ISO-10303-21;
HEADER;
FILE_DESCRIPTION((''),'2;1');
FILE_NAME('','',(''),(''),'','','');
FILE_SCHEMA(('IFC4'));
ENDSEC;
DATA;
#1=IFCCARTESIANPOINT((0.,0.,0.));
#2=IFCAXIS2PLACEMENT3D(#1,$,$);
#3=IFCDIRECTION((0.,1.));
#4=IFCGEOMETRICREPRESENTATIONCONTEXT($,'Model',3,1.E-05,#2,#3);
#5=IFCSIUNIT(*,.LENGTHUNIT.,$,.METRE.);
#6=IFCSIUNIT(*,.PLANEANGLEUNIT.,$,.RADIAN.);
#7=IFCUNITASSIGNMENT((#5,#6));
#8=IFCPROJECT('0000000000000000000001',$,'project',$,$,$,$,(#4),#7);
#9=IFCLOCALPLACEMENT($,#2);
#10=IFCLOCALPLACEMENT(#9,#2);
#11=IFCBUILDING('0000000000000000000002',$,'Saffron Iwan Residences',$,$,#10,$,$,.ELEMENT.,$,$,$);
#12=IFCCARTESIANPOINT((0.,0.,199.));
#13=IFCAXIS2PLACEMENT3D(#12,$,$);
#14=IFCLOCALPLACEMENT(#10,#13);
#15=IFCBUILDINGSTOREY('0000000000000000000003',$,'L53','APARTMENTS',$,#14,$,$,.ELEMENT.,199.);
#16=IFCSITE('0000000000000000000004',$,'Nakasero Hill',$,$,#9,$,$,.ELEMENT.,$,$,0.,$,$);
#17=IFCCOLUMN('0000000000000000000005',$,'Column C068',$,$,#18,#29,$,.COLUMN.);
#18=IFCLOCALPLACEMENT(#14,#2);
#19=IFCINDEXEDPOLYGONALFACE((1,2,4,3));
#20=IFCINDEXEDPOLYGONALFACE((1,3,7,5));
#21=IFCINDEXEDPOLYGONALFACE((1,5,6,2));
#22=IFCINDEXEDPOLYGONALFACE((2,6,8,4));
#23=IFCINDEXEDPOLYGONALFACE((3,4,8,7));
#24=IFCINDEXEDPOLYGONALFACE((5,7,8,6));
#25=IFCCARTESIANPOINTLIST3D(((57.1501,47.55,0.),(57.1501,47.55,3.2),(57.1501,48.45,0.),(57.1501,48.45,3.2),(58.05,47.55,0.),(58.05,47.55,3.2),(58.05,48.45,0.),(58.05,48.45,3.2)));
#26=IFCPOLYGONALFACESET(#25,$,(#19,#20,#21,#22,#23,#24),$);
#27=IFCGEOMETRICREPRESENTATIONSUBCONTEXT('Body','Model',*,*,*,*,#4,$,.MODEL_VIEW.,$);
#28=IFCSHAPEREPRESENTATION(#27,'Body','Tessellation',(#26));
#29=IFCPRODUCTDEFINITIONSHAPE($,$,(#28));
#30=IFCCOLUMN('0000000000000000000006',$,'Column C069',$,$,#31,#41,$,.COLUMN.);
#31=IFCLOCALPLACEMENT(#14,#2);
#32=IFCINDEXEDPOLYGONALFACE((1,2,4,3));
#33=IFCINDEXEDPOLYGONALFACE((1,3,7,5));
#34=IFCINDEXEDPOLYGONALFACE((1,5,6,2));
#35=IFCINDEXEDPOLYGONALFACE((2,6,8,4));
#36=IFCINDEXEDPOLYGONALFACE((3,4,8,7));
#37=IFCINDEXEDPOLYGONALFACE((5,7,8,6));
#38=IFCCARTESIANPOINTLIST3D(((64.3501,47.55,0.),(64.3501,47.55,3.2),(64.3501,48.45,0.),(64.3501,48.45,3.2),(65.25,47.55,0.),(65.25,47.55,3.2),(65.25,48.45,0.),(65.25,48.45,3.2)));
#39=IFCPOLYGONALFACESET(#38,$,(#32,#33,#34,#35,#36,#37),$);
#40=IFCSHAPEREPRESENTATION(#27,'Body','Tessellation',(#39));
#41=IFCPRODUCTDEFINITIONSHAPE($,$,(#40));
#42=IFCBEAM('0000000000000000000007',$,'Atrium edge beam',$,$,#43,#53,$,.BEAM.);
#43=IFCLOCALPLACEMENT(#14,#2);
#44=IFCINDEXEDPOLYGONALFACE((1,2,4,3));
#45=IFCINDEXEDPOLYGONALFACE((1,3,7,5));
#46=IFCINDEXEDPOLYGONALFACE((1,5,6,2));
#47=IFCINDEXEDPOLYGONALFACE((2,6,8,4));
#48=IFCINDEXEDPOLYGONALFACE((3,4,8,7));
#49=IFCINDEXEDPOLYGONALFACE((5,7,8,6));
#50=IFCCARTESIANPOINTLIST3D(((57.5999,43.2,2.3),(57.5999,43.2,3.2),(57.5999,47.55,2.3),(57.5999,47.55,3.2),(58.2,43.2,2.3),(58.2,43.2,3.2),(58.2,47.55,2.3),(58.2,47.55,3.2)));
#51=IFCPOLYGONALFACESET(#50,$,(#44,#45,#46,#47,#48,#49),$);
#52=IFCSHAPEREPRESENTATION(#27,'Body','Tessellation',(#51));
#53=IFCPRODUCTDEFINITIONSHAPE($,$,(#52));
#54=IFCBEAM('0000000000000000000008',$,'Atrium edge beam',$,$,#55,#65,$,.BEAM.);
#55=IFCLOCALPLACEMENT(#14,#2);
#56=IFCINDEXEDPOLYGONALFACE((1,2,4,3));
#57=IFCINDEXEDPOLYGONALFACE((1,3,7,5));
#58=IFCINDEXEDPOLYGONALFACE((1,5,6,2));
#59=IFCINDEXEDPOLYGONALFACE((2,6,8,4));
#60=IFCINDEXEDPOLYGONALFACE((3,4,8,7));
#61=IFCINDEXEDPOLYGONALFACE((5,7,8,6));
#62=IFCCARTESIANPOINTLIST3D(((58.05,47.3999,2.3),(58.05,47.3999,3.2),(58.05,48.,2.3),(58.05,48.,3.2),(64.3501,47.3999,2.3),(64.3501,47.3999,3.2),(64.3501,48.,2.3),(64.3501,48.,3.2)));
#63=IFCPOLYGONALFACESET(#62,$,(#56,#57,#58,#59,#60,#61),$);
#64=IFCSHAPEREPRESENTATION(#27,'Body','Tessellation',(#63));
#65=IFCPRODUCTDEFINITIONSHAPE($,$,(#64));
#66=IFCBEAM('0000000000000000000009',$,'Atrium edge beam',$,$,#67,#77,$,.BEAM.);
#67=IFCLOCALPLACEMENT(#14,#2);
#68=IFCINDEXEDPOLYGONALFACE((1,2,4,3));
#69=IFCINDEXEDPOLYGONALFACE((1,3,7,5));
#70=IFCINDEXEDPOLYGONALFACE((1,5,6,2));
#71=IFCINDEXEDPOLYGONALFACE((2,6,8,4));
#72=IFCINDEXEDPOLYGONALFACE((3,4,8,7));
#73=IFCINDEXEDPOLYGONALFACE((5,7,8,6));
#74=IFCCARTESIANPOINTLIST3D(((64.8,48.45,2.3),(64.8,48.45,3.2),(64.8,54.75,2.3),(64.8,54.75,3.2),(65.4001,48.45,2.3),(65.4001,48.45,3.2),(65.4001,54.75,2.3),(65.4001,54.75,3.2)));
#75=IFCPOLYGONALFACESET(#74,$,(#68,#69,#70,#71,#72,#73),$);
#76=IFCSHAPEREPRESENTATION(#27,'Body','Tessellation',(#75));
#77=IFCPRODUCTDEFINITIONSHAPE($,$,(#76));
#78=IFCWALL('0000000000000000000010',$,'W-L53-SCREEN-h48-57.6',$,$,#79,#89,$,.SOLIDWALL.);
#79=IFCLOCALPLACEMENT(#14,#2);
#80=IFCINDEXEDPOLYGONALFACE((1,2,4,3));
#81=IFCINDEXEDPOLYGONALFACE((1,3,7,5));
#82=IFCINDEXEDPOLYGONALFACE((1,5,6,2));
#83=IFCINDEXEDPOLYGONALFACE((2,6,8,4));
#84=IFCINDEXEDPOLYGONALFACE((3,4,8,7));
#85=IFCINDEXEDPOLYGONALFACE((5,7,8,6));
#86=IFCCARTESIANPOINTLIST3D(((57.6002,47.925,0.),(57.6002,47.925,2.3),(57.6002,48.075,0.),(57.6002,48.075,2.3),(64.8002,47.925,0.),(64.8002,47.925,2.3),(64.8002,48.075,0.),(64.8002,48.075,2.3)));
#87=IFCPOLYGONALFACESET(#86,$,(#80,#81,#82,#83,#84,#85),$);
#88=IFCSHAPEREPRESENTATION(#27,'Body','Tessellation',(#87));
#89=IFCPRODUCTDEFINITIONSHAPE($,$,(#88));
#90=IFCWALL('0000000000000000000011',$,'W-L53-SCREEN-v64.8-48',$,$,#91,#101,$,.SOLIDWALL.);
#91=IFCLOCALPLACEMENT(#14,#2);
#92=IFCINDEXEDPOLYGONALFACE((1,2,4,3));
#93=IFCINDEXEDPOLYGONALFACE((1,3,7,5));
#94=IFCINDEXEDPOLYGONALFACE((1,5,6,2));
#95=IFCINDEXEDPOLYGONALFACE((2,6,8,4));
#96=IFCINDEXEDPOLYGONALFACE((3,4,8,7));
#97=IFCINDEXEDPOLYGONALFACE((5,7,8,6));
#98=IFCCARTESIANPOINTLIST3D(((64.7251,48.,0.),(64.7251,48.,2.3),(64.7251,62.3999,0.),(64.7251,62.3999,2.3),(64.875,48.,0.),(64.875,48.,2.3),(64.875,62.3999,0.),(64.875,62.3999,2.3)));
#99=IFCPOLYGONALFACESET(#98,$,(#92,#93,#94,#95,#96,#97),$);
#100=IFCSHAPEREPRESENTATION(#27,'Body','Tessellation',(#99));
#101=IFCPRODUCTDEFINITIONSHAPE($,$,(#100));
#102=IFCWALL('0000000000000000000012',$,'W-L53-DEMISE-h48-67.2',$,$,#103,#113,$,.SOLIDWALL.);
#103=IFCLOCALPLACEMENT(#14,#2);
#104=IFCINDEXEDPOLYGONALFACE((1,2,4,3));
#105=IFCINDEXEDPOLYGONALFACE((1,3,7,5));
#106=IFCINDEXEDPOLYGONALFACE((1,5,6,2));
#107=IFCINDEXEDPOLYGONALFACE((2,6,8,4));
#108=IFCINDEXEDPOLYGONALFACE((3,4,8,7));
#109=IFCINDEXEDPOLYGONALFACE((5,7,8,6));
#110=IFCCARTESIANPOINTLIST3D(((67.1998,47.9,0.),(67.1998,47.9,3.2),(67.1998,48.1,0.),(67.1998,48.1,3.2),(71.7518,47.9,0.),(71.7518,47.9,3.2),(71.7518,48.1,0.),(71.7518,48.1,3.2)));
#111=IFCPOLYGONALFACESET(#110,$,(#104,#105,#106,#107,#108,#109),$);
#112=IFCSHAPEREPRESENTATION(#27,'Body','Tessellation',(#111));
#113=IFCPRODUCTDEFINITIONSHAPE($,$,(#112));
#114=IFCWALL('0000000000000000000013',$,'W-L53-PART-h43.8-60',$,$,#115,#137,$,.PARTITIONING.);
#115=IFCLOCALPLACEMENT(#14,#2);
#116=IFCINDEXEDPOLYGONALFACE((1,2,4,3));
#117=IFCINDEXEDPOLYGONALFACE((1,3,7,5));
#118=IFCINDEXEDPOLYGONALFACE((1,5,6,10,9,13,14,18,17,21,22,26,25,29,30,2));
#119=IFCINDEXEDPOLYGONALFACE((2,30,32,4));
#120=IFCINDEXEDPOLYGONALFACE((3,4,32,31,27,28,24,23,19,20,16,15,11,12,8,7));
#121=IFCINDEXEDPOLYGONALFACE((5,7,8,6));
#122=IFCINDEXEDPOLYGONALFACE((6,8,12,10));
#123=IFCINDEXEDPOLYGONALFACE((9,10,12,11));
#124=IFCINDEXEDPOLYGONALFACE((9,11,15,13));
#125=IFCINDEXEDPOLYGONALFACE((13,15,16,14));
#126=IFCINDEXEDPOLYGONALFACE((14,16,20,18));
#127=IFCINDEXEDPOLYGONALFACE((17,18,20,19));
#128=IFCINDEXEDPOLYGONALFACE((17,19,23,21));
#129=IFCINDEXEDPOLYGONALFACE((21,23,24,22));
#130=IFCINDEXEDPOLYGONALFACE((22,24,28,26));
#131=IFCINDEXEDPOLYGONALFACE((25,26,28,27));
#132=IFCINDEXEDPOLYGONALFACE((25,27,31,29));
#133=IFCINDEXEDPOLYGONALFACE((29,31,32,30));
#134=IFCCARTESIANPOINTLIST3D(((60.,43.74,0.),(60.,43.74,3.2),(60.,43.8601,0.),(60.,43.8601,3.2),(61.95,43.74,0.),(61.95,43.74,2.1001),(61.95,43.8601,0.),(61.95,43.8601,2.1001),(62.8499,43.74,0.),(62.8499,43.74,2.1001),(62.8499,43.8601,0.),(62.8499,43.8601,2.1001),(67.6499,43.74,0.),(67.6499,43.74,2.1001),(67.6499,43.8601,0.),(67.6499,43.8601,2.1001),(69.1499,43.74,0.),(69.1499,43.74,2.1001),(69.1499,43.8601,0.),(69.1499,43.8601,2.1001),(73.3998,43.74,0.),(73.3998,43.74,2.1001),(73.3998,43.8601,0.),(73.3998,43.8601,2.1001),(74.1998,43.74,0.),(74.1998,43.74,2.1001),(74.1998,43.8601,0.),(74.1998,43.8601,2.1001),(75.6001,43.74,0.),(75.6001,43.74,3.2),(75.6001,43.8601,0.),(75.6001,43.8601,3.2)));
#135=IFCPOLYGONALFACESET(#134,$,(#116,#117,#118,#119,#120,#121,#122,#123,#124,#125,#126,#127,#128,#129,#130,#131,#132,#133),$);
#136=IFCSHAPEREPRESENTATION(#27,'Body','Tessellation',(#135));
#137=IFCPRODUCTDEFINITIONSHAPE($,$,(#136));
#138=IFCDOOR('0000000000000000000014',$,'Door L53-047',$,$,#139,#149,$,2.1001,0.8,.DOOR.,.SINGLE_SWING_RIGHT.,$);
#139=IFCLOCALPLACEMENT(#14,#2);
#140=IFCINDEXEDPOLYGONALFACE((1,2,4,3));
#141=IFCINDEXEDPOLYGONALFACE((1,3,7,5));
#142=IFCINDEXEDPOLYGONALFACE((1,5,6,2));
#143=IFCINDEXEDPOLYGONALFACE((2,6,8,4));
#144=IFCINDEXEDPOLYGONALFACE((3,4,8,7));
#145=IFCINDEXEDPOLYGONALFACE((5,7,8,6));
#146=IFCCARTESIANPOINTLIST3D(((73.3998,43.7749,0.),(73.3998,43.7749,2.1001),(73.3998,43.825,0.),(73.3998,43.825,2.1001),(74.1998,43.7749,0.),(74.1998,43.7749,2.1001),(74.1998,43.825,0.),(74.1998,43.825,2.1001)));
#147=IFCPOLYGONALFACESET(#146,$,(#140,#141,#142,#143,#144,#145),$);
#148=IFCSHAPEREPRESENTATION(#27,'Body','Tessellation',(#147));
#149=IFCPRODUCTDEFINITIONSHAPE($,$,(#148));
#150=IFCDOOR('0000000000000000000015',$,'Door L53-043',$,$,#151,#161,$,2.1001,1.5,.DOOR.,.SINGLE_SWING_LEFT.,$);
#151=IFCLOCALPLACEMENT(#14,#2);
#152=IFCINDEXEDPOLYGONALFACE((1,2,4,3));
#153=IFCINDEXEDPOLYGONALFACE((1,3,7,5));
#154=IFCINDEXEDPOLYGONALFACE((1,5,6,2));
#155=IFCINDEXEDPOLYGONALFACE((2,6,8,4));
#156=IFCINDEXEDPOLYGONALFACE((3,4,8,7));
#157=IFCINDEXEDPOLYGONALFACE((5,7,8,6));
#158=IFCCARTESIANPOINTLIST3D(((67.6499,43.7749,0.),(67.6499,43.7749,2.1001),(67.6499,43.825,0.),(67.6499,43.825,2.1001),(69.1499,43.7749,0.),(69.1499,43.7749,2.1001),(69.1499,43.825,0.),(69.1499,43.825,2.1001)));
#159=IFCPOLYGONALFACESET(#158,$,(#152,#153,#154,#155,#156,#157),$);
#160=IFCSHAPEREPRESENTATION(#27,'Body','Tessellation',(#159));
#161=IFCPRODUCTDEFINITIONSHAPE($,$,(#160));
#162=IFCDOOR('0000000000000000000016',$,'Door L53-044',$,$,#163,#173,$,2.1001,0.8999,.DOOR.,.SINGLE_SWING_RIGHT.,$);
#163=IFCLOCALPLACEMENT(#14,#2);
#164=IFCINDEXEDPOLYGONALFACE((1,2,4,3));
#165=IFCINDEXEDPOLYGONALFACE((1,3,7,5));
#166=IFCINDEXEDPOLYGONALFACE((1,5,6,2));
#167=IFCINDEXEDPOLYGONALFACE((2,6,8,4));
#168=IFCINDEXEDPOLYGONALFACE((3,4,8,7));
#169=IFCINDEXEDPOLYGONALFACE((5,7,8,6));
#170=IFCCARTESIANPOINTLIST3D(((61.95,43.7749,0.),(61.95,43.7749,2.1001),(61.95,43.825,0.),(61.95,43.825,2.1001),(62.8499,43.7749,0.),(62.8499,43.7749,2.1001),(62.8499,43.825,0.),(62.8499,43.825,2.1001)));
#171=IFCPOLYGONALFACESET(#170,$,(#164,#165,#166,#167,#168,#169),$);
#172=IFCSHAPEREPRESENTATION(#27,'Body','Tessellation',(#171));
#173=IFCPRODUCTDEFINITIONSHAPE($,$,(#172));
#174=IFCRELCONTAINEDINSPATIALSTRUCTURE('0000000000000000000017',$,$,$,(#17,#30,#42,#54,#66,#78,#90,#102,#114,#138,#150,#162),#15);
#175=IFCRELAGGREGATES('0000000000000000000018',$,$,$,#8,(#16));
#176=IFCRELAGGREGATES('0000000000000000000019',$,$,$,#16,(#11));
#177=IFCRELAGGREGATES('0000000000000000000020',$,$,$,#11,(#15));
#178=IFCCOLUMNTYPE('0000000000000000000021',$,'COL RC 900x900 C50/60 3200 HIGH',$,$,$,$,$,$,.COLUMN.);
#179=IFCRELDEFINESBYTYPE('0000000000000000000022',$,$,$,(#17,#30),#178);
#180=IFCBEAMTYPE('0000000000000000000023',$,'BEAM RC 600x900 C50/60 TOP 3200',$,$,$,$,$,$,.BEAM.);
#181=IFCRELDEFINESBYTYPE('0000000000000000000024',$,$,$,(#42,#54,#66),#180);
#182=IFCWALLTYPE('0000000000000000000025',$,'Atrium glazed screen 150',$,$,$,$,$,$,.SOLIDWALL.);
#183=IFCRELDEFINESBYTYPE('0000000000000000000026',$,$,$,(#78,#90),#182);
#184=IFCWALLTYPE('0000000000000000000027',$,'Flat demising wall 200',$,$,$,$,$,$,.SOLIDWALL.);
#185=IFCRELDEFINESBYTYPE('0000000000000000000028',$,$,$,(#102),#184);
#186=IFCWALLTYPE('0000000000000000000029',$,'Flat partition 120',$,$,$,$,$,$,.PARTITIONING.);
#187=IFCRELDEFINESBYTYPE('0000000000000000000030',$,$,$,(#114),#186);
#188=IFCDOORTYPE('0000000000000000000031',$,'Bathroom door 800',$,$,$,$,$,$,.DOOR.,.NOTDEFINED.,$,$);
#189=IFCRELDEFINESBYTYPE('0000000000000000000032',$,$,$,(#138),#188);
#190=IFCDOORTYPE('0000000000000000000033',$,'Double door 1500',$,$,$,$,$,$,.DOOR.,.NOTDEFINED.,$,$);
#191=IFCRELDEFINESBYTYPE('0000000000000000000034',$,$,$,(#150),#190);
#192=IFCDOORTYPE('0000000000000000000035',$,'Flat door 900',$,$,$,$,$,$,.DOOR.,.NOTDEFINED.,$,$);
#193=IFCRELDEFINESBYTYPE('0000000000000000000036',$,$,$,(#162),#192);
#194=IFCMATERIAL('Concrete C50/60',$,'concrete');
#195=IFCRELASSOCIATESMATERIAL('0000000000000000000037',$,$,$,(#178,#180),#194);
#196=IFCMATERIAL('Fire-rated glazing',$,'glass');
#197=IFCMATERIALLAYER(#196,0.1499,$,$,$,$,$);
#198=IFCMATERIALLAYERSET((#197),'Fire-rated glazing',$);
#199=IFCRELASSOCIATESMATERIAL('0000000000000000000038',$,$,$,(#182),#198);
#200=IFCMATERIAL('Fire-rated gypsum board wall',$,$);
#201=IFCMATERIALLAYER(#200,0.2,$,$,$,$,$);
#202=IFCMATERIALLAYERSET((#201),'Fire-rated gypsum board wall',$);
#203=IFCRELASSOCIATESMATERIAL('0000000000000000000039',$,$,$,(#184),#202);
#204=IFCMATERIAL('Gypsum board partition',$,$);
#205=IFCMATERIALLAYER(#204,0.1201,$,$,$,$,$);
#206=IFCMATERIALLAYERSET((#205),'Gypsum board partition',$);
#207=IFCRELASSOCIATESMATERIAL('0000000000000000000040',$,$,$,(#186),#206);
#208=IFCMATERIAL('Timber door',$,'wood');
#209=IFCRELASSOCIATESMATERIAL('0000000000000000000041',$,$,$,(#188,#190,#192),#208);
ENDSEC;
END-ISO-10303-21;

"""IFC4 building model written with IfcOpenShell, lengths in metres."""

from ifc_helpers import new_model, si_unit, direction, frame, frame_2d, origin, origin_2d, place, context, subcontext, project, spatial, rectangle, extrude, source, transform, mapped, material, layer, layer_set, material_profile, profile_set, type_object, element, fill, save


model = new_model("IFC4")

# Units and contexts
model_context = context("Model", 3, precision=1e-05, world=origin(), true_north=direction((0.0, 1.0)))
body_context = subcontext(model_context, "Body", "Model", "MODEL_VIEW")
ifc_project = project(units=[si_unit("LENGTHUNIT", "METRE"), si_unit("PLANEANGLEUNIT", "RADIAN")], contexts=[model_context])

# Site, building, storey
site_placement = place(None, origin())
site = spatial("IfcSite", under=ifc_project, at=site_placement, Name="Nakasero Hill", CompositionType="ELEMENT", RefElevation=0.0)
building_placement = place(site_placement, origin())
building = spatial("IfcBuilding", under=site, at=building_placement, Name="Saffron Iwan Residences", CompositionType="ELEMENT")
storey_placement = place(building_placement, frame((0.0, 0.0, 199.0)))
storey = spatial("IfcBuildingStorey", under=building, at=storey_placement, Name="L53", Description="APARTMENTS", CompositionType="ELEMENT", Elevation=199.0)

# Columns
ifc_material_1 = material(Name="Concrete C50/60", Category="concrete")
ifc_material_profile_1 = material_profile(ifc_material_1, rectangle(XDim=0.8999, YDim=0.8999, at=origin_2d()), Name="RC 900x900")
ifc_profile_set_1 = profile_set([ifc_material_profile_1], Name="Concrete C50/60")
column_type = type_object("IfcColumnType", Name="COL RC 900x900 C50/60 3200 HIGH", PredefinedType="COLUMN", material=ifc_profile_set_1)
shared_shape_1 = source(origin(), body_context, "Body", "SweptSolid", [
    extrude(rectangle(XDim=0.8999, YDim=0.8999, at=origin_2d()), origin(), (0.0, 0.0, 1.0), 3.2),
])
for number, where, z_axis, x_axis, name in (
    (1, (57.6001, 48.0, 0.0), (0.0, 0.0, 1.0), (1.0, 0.0, 0.0), "Column C068"),
    (2, (64.8, 48.0, 0.0), (0.0, 0.0, 1.0), (1.0, 0.0, 0.0), "Column C069"),
):
    element("IfcColumn", number, at=place(storey_placement, frame(where, z_axis=z_axis, x_axis=x_axis)), inside=storey, type_object=column_type, Name=name, PredefinedType="COLUMN", context=body_context, shape_type="MappedRepresentation", body=[
        mapped(shared_shape_1, transform((0.0, 0.0, 0.0))),
    ])

# Beams
ifc_material_profile_2 = material_profile(ifc_material_1, rectangle(XDim=0.6001, YDim=0.8999, at=origin_2d()), Name="RC 600x900")
ifc_profile_set_2 = profile_set([ifc_material_profile_2], Name="Concrete C50/60")
beam_type = type_object("IfcBeamType", Name="BEAM RC 600x900 C50/60 TOP 3200", PredefinedType="BEAM", material=ifc_profile_set_2)
shared_shape_2 = source(origin(), body_context, "Body", "SweptSolid", [
    extrude(rectangle(XDim=0.6001, YDim=0.8999, at=origin_2d()), origin(), (0.0, 0.0, 1.0), 4.3501),
])
beam_placement = place(storey_placement, frame((57.8999, 47.55, 2.75), z_axis=(0.0, -1.0, 0.0), x_axis=(1.0, 0.0, 0.0)))
element("IfcBeam", 3, at=beam_placement, inside=storey, type_object=beam_type, Name="Atrium edge beam", PredefinedType="BEAM", context=body_context, shape_type="MappedRepresentation", body=[
    mapped(shared_shape_2, transform((0.0, 0.0, 0.0))),
])
shared_shape_3 = source(origin(), body_context, "Body", "SweptSolid", [
    extrude(rectangle(XDim=0.6001, YDim=0.8999, at=origin_2d()), origin(), (0.0, 0.0, 1.0), 6.3),
])
for number, where, z_axis, x_axis, name in (
    (4, (64.3501, 47.7, 2.75), (-1.0, 0.0, 0.0), (0.0, -1.0, 0.0), "Atrium edge beam"),
    (5, (65.1001, 54.75, 2.75), (0.0, -1.0, 0.0), (1.0, 0.0, 0.0), "Atrium edge beam"),
):
    element("IfcBeam", number, at=place(storey_placement, frame(where, z_axis=z_axis, x_axis=x_axis)), inside=storey, type_object=beam_type, Name=name, PredefinedType="BEAM", context=body_context, shape_type="MappedRepresentation", body=[
        mapped(shared_shape_3, transform((0.0, 0.0, 0.0))),
    ])

# Walls
ifc_material_2 = material(Name="Fire-rated glazing", Category="glass")
ifc_layer_1 = layer(ifc_material_2, 0.1499)
ifc_layer_set_1 = layer_set([ifc_layer_1], Name="Fire-rated glazing")
wall_type_1 = type_object("IfcWallType", Name="Atrium glazed screen 150", PredefinedType="SOLIDWALL", material=ifc_layer_set_1)
wall_1_placement = place(storey_placement, frame((57.6001, 48.0, 0.0), z_axis=(0.0, 0.0, 1.0), x_axis=(1.0, 0.0, 0.0)))
element("IfcWall", 6, at=wall_1_placement, inside=storey, type_object=wall_type_1, Name="W-L53-SCREEN-h48-57.6", PredefinedType="SOLIDWALL", context=body_context, shape_type="SweptSolid", body=[
    extrude(rectangle(XDim=7.2, YDim=0.1499, at=frame_2d((3.6001, 0.0))), origin(), (0.0, 0.0, 1.0), 2.3),
])
wall_2_placement = place(storey_placement, frame((64.8, 48.0, 0.0), z_axis=(0.0, 0.0, 1.0), x_axis=(0.0, 1.0, 0.0)))
element("IfcWall", 7, at=wall_2_placement, inside=storey, type_object=wall_type_1, Name="W-L53-SCREEN-v64.8-48", PredefinedType="SOLIDWALL", context=body_context, shape_type="SweptSolid", body=[
    extrude(rectangle(XDim=14.3999, YDim=0.1499, at=frame_2d((7.2, 0.0))), origin(), (0.0, 0.0, 1.0), 2.3),
])
ifc_material_3 = material(Name="Fire-rated gypsum board wall")
ifc_layer_2 = layer(ifc_material_3, 0.2)
ifc_layer_set_2 = layer_set([ifc_layer_2], Name="Fire-rated gypsum board wall")
wall_type_2 = type_object("IfcWallType", Name="Flat demising wall 200", PredefinedType="SOLIDWALL", material=ifc_layer_set_2)
wall_3_placement = place(storey_placement, frame((67.2, 48.0, 0.0), z_axis=(0.0, 0.0, 1.0), x_axis=(1.0, 0.0, 0.0)))
element("IfcWall", 8, at=wall_3_placement, inside=storey, type_object=wall_type_2, Name="W-L53-DEMISE-h48-67.2", PredefinedType="SOLIDWALL", context=body_context, shape_type="SweptSolid", body=[
    extrude(rectangle(XDim=4.552, YDim=0.2, at=frame_2d((2.2759, 0.0))), origin(), (0.0, 0.0, 1.0), 3.2),
])

# Wall, openings, doors
ifc_material_4 = material(Name="Gypsum board partition")
ifc_layer_3 = layer(ifc_material_4, 0.1201)
ifc_layer_set_3 = layer_set([ifc_layer_3], Name="Gypsum board partition")
wall_type_3 = type_object("IfcWallType", Name="Flat partition 120", PredefinedType="PARTITIONING", material=ifc_layer_set_3)
wall_4_placement = place(storey_placement, frame((60.0, 43.8, 0.0), z_axis=(0.0, 0.0, 1.0), x_axis=(1.0, 0.0, 0.0)))
wall_4 = element("IfcWall", 9, at=wall_4_placement, inside=storey, type_object=wall_type_3, Name="W-L53-PART-h43.8-60", PredefinedType="PARTITIONING", context=body_context, shape_type="SweptSolid", body=[
    extrude(rectangle(XDim=15.6001, YDim=0.1201, at=frame_2d((7.8, 0.0))), origin(), (0.0, 0.0, 1.0), 3.2),
])
opening_1_placement = place(wall_4_placement, frame((7.6499, 0.0, 0.0)))
opening_1 = element("IfcOpeningElement", 10, at=opening_1_placement, cuts=wall_4, PredefinedType="OPENING", context=body_context, shape_type="SweptSolid", body=[
    extrude(rectangle(XDim=1.5, YDim=2.1001, at=frame_2d((0.75, 1.05))), frame((0.0, 0.0701, 0.0), z_axis=(0.0, -1.0, 0.0), x_axis=(1.0, 0.0, 0.0)), (0.0, 0.0, 1.0), 0.1401),
])
opening_2_placement = place(wall_4_placement, frame((1.95, 0.0, 0.0)))
opening_2 = element("IfcOpeningElement", 11, at=opening_2_placement, cuts=wall_4, PredefinedType="OPENING", context=body_context, shape_type="SweptSolid", body=[
    extrude(rectangle(XDim=0.8999, YDim=2.1001, at=frame_2d((0.45, 1.05))), frame((0.0, 0.0701, 0.0), z_axis=(0.0, -1.0, 0.0), x_axis=(1.0, 0.0, 0.0)), (0.0, 0.0, 1.0), 0.1401),
])
opening_3_placement = place(wall_4_placement, frame((13.3999, 0.0, 0.0)))
opening_3 = element("IfcOpeningElement", 12, at=opening_3_placement, cuts=wall_4, PredefinedType="OPENING", context=body_context, shape_type="SweptSolid", body=[
    extrude(rectangle(XDim=0.8, YDim=2.1001, at=frame_2d((0.3999, 1.05))), frame((0.0, 0.0701, 0.0), z_axis=(0.0, -1.0, 0.0), x_axis=(1.0, 0.0, 0.0)), (0.0, 0.0, 1.0), 0.1401),
])
ifc_material_5 = material(Name="Timber door", Category="wood")
door_type_1 = type_object("IfcDoorType", Name="Bathroom door 800", OperationType="NOTDEFINED", PredefinedType="DOOR", material=ifc_material_5)
door_1_placement = place(opening_3_placement, origin())
door_1 = element("IfcDoor", 13, at=door_1_placement, inside=storey, type_object=door_type_1, Name="Door L53-047", OperationType="SINGLE_SWING_RIGHT", OverallHeight=2.1001, OverallWidth=0.8, PredefinedType="DOOR", context=body_context, shape_type="SweptSolid", body=[
    extrude(rectangle(XDim=0.8, YDim=2.1001, at=frame_2d((0.3999, 1.05))), frame((0.0, 0.0249, 0.0), z_axis=(0.0, -1.0, 0.0), x_axis=(1.0, 0.0, 0.0)), (0.0, 0.0, 1.0), 0.05),
])
fill(opening_3, door_1)
door_type_2 = type_object("IfcDoorType", Name="Double door 1500", OperationType="NOTDEFINED", PredefinedType="DOOR", material=ifc_material_5)
door_2_placement = place(opening_1_placement, origin())
door_2 = element("IfcDoor", 14, at=door_2_placement, inside=storey, type_object=door_type_2, Name="Door L53-043", OperationType="SINGLE_SWING_LEFT", OverallHeight=2.1001, OverallWidth=1.5, PredefinedType="DOOR", context=body_context, shape_type="SweptSolid", body=[
    extrude(rectangle(XDim=1.5, YDim=2.1001, at=frame_2d((0.75, 1.05))), frame((0.0, 0.0249, 0.0), z_axis=(0.0, -1.0, 0.0), x_axis=(1.0, 0.0, 0.0)), (0.0, 0.0, 1.0), 0.05),
])
fill(opening_1, door_2)
door_type_3 = type_object("IfcDoorType", Name="Flat door 900", OperationType="NOTDEFINED", PredefinedType="DOOR", material=ifc_material_5)
door_3_placement = place(opening_2_placement, origin())
door_3 = element("IfcDoor", 15, at=door_3_placement, inside=storey, type_object=door_type_3, Name="Door L53-044", OperationType="SINGLE_SWING_RIGHT", OverallHeight=2.1001, OverallWidth=0.8999, PredefinedType="DOOR", context=body_context, shape_type="SweptSolid", body=[
    extrude(rectangle(XDim=0.8999, YDim=2.1001, at=frame_2d((0.45, 1.05))), frame((0.0, 0.0249, 0.0), z_axis=(0.0, -1.0, 0.0), x_axis=(1.0, 0.0, 0.0)), (0.0, 0.0, 1.0), 0.05),
])
fill(opening_2, door_3)

save(model, "model.ifc")
